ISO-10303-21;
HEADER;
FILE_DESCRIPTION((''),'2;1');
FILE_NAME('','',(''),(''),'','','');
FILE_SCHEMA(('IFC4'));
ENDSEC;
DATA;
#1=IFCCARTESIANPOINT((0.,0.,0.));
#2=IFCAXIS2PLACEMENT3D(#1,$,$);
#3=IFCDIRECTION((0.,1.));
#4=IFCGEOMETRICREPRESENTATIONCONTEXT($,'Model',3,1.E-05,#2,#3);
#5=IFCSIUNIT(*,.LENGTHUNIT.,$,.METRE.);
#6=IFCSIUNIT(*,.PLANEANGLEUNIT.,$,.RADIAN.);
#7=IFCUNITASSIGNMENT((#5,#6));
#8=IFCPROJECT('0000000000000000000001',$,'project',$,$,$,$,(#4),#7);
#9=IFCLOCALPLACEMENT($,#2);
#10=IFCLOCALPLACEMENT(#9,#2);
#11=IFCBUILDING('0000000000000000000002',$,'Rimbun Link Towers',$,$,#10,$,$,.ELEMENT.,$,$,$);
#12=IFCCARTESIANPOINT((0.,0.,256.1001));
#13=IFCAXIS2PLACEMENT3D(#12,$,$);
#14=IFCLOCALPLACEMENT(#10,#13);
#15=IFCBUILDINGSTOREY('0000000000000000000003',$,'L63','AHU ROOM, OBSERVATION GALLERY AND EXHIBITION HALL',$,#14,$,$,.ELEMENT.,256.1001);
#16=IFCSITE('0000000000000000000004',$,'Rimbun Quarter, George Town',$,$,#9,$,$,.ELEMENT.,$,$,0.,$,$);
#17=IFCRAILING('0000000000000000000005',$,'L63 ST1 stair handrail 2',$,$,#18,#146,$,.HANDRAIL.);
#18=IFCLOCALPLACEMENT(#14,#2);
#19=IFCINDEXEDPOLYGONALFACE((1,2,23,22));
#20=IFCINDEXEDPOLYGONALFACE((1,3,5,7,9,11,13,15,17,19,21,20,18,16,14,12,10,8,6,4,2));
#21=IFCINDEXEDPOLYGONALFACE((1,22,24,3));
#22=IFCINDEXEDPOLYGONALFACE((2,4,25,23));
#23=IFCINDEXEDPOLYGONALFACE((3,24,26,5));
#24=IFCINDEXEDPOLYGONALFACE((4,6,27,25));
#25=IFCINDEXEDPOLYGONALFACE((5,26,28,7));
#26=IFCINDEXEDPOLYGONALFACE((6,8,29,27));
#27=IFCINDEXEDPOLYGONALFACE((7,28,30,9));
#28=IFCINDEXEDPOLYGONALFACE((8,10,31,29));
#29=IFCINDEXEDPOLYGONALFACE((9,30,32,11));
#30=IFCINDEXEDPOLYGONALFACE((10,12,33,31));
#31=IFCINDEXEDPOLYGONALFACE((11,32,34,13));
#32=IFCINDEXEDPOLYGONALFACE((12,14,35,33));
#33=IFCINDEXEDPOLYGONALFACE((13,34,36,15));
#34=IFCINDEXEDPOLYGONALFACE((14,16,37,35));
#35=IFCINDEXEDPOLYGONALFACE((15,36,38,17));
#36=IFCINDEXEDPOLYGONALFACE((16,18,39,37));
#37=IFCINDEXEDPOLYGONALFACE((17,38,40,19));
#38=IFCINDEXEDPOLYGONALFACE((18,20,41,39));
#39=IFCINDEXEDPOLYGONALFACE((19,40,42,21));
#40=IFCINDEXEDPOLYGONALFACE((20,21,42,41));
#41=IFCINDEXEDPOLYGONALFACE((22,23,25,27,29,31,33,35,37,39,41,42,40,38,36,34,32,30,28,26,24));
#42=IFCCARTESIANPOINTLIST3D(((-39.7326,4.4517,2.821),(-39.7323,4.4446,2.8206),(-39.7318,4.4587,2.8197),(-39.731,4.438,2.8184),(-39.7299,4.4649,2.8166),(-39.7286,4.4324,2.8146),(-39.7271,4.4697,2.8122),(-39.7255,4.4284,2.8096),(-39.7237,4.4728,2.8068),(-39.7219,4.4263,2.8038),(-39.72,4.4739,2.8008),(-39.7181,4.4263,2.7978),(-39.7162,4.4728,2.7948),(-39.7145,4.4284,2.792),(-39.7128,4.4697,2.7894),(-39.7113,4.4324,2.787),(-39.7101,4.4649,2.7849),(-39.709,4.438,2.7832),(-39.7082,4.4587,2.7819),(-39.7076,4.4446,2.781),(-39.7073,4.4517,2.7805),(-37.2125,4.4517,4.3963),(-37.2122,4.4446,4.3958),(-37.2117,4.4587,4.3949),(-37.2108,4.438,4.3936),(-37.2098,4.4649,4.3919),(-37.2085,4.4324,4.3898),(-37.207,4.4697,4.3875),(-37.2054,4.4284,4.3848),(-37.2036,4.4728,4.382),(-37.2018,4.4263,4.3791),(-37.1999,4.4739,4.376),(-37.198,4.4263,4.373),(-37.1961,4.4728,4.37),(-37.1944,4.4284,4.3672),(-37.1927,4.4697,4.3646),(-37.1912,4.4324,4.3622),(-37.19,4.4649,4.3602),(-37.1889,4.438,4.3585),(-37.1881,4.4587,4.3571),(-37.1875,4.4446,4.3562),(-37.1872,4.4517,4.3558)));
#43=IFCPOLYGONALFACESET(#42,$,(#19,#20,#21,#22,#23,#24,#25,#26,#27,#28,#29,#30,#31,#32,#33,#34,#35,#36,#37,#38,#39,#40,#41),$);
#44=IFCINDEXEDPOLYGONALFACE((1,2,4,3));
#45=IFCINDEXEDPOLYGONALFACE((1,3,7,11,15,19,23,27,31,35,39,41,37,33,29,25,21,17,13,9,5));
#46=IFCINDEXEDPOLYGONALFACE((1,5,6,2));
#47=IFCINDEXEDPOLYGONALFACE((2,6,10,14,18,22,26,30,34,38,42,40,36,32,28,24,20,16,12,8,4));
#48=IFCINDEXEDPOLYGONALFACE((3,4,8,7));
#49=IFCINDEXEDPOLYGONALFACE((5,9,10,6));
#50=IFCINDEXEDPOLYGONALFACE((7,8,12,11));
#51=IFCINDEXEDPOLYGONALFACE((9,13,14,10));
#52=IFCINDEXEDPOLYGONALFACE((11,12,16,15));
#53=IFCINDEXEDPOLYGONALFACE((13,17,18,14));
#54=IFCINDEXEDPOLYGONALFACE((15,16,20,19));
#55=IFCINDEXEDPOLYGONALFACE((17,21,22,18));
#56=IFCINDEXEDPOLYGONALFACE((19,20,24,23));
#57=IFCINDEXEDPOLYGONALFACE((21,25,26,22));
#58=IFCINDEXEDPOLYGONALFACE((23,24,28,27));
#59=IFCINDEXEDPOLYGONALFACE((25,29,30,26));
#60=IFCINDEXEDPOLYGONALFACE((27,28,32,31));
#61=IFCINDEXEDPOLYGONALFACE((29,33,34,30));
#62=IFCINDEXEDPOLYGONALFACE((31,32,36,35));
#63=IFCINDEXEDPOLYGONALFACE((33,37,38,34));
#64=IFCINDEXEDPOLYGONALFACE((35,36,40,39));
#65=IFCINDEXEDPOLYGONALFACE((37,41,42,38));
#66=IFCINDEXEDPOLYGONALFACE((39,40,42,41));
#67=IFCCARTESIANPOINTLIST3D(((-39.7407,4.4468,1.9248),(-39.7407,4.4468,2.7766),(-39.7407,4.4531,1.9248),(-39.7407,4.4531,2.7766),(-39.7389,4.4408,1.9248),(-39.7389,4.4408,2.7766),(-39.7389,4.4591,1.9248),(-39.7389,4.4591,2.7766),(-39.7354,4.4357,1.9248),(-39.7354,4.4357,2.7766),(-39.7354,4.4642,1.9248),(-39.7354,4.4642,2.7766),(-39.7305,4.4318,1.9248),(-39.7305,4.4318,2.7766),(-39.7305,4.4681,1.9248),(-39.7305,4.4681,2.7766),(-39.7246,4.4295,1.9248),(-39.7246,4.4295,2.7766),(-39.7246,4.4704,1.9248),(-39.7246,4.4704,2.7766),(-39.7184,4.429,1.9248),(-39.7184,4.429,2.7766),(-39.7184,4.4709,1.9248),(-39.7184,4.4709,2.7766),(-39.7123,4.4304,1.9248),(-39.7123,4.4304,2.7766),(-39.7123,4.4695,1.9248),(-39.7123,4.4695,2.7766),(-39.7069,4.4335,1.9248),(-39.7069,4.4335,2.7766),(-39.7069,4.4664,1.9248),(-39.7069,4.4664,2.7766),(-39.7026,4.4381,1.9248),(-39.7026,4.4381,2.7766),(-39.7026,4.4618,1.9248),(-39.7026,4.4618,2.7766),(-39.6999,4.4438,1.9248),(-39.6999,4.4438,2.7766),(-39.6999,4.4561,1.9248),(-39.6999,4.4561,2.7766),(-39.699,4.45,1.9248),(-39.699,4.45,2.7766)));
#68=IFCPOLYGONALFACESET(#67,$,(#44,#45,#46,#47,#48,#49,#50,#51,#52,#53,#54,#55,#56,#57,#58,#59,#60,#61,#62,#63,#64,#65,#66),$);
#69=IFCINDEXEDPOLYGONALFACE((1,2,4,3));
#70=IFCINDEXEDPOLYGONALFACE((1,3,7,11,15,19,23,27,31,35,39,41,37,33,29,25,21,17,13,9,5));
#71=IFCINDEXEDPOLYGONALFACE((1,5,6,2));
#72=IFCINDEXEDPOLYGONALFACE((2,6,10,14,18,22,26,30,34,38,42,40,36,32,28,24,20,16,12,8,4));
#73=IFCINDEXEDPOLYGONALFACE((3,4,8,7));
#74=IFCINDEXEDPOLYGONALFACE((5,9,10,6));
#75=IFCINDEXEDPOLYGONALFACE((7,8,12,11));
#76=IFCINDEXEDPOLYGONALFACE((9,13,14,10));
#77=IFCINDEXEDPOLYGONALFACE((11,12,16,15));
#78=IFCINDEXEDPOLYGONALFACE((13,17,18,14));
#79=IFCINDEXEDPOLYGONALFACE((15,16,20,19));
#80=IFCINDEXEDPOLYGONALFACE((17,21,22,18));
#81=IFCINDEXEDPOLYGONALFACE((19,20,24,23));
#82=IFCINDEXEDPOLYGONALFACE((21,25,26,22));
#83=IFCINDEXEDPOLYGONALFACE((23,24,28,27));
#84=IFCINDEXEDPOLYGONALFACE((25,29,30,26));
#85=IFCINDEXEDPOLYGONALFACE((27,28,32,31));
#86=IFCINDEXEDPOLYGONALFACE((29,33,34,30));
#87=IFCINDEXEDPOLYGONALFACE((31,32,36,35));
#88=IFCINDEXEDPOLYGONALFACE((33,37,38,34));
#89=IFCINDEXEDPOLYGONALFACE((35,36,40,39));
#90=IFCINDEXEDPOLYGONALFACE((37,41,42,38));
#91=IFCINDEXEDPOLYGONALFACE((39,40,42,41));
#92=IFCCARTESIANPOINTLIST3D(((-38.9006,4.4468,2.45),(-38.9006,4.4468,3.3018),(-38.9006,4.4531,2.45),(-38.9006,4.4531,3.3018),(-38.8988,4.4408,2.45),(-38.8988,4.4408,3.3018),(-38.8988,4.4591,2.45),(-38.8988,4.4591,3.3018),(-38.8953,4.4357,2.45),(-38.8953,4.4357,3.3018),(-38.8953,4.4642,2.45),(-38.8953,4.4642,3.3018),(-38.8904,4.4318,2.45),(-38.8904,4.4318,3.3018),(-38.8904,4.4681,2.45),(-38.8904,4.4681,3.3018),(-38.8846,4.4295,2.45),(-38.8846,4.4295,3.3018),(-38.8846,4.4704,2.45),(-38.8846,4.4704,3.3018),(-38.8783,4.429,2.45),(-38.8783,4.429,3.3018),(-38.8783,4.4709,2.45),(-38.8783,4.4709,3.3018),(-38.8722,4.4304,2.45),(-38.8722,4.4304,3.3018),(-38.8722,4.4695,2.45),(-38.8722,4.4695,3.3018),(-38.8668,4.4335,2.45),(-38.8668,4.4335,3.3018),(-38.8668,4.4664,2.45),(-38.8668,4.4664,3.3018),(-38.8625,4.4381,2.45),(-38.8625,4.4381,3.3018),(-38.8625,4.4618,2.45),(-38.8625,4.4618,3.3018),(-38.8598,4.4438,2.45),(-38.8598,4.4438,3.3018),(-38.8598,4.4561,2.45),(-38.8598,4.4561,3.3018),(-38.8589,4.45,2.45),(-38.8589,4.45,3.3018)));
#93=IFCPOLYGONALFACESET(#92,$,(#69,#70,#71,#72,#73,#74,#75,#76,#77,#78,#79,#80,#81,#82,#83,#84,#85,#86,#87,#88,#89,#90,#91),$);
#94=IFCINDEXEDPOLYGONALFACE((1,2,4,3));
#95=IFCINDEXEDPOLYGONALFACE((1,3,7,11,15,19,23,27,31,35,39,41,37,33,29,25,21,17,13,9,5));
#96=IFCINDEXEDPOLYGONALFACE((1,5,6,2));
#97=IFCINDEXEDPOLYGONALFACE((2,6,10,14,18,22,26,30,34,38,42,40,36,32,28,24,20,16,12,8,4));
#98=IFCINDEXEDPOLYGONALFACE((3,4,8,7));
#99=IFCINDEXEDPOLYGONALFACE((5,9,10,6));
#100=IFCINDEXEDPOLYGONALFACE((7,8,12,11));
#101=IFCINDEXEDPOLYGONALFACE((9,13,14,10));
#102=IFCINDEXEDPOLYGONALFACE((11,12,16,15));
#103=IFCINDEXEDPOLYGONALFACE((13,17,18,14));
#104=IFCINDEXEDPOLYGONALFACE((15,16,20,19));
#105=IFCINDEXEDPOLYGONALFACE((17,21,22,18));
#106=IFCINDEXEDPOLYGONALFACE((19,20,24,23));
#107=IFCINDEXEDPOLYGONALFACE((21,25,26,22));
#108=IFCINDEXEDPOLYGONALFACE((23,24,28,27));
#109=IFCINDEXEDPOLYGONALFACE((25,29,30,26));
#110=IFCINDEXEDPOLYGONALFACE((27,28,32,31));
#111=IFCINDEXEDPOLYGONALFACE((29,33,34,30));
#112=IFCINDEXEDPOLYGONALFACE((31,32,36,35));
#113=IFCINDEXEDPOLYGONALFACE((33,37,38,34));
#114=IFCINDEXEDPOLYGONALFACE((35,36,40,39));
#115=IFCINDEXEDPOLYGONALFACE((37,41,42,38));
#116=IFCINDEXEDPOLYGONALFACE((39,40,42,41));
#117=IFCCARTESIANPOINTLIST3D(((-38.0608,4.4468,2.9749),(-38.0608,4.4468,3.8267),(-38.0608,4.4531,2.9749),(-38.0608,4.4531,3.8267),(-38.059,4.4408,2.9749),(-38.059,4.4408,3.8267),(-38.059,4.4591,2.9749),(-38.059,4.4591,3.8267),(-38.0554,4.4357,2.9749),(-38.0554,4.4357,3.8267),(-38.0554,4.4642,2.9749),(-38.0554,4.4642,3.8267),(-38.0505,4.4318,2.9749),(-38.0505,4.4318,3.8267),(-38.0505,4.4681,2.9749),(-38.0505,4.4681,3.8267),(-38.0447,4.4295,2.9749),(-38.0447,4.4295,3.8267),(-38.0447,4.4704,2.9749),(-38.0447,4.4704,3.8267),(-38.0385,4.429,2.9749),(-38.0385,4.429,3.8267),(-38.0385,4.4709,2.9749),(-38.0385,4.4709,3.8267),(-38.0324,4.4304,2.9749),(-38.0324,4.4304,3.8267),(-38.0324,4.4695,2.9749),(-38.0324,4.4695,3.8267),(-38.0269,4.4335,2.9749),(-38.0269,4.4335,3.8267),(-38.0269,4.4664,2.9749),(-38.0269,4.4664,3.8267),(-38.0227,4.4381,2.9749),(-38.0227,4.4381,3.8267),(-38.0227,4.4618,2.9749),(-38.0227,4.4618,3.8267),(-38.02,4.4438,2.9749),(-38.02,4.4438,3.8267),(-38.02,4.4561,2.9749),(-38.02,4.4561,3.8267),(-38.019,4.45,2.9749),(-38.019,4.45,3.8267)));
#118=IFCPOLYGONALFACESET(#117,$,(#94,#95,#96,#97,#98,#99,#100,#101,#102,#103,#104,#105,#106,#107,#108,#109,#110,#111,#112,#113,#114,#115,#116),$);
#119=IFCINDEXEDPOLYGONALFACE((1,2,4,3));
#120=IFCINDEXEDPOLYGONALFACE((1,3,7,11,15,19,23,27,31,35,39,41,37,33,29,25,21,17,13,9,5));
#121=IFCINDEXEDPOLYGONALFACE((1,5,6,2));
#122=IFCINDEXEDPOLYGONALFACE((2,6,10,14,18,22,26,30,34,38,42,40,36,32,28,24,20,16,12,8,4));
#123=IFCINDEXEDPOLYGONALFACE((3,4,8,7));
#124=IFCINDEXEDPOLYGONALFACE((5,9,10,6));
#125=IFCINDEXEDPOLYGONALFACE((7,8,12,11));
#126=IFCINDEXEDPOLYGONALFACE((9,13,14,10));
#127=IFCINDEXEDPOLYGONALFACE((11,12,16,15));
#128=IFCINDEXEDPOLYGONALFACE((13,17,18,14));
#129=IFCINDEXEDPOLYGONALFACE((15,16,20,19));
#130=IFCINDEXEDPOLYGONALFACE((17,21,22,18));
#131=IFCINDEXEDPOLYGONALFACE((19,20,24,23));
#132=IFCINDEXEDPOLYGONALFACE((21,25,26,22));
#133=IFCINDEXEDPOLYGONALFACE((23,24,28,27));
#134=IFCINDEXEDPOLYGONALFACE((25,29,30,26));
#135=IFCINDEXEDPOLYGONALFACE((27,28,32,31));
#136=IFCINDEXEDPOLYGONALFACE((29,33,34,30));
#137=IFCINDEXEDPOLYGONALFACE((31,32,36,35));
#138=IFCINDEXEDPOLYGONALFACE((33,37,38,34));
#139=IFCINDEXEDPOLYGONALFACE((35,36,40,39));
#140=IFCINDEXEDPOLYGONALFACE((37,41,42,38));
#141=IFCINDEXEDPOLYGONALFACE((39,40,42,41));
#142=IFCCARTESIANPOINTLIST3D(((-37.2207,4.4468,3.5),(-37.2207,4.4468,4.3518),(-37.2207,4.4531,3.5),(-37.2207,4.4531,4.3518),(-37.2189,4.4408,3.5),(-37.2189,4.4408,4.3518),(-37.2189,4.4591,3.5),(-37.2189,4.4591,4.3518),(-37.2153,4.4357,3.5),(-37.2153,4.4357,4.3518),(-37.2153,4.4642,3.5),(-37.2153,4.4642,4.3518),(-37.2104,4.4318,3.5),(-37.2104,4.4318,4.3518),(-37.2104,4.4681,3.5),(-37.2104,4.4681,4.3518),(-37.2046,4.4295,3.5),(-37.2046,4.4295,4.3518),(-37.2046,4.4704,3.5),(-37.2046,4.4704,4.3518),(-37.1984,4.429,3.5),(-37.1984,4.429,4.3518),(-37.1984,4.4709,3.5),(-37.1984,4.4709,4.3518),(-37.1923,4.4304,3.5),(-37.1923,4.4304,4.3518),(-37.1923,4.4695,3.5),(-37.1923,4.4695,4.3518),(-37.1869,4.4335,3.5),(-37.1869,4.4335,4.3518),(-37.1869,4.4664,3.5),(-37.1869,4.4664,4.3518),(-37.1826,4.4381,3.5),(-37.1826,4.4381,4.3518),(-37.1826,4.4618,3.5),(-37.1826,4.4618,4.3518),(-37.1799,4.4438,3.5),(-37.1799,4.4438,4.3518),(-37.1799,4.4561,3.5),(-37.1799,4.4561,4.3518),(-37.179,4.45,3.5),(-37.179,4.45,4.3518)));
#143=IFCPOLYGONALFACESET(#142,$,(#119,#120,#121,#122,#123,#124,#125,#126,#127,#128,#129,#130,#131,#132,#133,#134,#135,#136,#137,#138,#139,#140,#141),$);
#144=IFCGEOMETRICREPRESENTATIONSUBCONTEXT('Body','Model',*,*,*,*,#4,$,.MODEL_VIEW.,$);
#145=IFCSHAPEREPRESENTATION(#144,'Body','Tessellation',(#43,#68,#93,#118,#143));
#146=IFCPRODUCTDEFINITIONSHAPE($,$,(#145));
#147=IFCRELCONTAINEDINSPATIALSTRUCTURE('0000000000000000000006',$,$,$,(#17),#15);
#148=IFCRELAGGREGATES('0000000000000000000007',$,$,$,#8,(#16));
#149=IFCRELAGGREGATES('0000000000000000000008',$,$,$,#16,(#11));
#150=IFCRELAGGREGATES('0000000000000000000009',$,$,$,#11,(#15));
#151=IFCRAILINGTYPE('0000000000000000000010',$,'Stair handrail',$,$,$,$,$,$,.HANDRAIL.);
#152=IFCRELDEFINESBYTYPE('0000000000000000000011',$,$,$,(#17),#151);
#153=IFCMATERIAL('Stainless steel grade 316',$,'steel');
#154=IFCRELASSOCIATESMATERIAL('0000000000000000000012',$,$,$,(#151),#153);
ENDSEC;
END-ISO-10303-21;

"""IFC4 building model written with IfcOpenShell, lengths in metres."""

from ifc_helpers import new_model, si_unit, direction, frame, origin, origin_2d, place, context, subcontext, project, spatial, circle, extrude, material, type_object, element, save


model = new_model("IFC4")

# Units and contexts
model_context = context("Model", 3, precision=1e-05, world=origin(), true_north=direction((0.0, 1.0)))
body_context = subcontext(model_context, "Body", "Model", "MODEL_VIEW")
ifc_project = project(units=[si_unit("LENGTHUNIT", "METRE"), si_unit("PLANEANGLEUNIT", "RADIAN")], contexts=[model_context])

# Site, building, storey
site_placement = place(None, origin())
site = spatial("IfcSite", under=ifc_project, at=site_placement, Name="Rimbun Quarter, George Town", CompositionType="ELEMENT", RefElevation=0.0)
building_placement = place(site_placement, origin())
building = spatial("IfcBuilding", under=site, at=building_placement, Name="Rimbun Link Towers", CompositionType="ELEMENT")
storey_placement = place(building_placement, frame((0.0, 0.0, 256.1001)))
storey = spatial("IfcBuildingStorey", under=building, at=storey_placement, Name="L63", Description="AHU ROOM, OBSERVATION GALLERY AND EXHIBITION HALL", CompositionType="ELEMENT", Elevation=256.1001)

# Railing
ifc_material_1 = material(Name="Stainless steel grade 316", Category="steel")
railing_type_1 = type_object("IfcRailingType", Name="Stair handrail", PredefinedType="HANDRAIL", material=ifc_material_1)
railing_1_placement = place(storey_placement, frame((-39.72, 4.45, 1.9248)))
element("IfcRailing", 1, at=railing_1_placement, inside=storey, type_object=railing_type_1, Name="L63 ST1 stair handrail 2", PredefinedType="HANDRAIL", context=body_context, shape_type="SweptSolid", body=[
    extrude(circle(Radius=0.0239, at=origin_2d()), frame((0.0, 0.0, 0.876), z_axis=(0.847971, 0.0, 0.530043), x_axis=(0.0, 1.0, 0.0)), (0.0, 0.0, 1.0), 2.9719),
    extrude(circle(Radius=0.021, at=origin_2d()), origin(), (0.0, 0.0, 1.0), 0.8518),
    extrude(circle(Radius=0.021, at=origin_2d()), frame((0.8401, 0.0, 0.5251)), (0.0, 0.0, 1.0), 0.8518),
    extrude(circle(Radius=0.021, at=origin_2d()), frame((1.6799, 0.0, 1.05)), (0.0, 0.0, 1.0), 0.8518),
    extrude(circle(Radius=0.021, at=origin_2d()), frame((2.52, 0.0, 1.5752)), (0.0, 0.0, 1.0), 0.8518),
])

save(model, "model.ifc")
